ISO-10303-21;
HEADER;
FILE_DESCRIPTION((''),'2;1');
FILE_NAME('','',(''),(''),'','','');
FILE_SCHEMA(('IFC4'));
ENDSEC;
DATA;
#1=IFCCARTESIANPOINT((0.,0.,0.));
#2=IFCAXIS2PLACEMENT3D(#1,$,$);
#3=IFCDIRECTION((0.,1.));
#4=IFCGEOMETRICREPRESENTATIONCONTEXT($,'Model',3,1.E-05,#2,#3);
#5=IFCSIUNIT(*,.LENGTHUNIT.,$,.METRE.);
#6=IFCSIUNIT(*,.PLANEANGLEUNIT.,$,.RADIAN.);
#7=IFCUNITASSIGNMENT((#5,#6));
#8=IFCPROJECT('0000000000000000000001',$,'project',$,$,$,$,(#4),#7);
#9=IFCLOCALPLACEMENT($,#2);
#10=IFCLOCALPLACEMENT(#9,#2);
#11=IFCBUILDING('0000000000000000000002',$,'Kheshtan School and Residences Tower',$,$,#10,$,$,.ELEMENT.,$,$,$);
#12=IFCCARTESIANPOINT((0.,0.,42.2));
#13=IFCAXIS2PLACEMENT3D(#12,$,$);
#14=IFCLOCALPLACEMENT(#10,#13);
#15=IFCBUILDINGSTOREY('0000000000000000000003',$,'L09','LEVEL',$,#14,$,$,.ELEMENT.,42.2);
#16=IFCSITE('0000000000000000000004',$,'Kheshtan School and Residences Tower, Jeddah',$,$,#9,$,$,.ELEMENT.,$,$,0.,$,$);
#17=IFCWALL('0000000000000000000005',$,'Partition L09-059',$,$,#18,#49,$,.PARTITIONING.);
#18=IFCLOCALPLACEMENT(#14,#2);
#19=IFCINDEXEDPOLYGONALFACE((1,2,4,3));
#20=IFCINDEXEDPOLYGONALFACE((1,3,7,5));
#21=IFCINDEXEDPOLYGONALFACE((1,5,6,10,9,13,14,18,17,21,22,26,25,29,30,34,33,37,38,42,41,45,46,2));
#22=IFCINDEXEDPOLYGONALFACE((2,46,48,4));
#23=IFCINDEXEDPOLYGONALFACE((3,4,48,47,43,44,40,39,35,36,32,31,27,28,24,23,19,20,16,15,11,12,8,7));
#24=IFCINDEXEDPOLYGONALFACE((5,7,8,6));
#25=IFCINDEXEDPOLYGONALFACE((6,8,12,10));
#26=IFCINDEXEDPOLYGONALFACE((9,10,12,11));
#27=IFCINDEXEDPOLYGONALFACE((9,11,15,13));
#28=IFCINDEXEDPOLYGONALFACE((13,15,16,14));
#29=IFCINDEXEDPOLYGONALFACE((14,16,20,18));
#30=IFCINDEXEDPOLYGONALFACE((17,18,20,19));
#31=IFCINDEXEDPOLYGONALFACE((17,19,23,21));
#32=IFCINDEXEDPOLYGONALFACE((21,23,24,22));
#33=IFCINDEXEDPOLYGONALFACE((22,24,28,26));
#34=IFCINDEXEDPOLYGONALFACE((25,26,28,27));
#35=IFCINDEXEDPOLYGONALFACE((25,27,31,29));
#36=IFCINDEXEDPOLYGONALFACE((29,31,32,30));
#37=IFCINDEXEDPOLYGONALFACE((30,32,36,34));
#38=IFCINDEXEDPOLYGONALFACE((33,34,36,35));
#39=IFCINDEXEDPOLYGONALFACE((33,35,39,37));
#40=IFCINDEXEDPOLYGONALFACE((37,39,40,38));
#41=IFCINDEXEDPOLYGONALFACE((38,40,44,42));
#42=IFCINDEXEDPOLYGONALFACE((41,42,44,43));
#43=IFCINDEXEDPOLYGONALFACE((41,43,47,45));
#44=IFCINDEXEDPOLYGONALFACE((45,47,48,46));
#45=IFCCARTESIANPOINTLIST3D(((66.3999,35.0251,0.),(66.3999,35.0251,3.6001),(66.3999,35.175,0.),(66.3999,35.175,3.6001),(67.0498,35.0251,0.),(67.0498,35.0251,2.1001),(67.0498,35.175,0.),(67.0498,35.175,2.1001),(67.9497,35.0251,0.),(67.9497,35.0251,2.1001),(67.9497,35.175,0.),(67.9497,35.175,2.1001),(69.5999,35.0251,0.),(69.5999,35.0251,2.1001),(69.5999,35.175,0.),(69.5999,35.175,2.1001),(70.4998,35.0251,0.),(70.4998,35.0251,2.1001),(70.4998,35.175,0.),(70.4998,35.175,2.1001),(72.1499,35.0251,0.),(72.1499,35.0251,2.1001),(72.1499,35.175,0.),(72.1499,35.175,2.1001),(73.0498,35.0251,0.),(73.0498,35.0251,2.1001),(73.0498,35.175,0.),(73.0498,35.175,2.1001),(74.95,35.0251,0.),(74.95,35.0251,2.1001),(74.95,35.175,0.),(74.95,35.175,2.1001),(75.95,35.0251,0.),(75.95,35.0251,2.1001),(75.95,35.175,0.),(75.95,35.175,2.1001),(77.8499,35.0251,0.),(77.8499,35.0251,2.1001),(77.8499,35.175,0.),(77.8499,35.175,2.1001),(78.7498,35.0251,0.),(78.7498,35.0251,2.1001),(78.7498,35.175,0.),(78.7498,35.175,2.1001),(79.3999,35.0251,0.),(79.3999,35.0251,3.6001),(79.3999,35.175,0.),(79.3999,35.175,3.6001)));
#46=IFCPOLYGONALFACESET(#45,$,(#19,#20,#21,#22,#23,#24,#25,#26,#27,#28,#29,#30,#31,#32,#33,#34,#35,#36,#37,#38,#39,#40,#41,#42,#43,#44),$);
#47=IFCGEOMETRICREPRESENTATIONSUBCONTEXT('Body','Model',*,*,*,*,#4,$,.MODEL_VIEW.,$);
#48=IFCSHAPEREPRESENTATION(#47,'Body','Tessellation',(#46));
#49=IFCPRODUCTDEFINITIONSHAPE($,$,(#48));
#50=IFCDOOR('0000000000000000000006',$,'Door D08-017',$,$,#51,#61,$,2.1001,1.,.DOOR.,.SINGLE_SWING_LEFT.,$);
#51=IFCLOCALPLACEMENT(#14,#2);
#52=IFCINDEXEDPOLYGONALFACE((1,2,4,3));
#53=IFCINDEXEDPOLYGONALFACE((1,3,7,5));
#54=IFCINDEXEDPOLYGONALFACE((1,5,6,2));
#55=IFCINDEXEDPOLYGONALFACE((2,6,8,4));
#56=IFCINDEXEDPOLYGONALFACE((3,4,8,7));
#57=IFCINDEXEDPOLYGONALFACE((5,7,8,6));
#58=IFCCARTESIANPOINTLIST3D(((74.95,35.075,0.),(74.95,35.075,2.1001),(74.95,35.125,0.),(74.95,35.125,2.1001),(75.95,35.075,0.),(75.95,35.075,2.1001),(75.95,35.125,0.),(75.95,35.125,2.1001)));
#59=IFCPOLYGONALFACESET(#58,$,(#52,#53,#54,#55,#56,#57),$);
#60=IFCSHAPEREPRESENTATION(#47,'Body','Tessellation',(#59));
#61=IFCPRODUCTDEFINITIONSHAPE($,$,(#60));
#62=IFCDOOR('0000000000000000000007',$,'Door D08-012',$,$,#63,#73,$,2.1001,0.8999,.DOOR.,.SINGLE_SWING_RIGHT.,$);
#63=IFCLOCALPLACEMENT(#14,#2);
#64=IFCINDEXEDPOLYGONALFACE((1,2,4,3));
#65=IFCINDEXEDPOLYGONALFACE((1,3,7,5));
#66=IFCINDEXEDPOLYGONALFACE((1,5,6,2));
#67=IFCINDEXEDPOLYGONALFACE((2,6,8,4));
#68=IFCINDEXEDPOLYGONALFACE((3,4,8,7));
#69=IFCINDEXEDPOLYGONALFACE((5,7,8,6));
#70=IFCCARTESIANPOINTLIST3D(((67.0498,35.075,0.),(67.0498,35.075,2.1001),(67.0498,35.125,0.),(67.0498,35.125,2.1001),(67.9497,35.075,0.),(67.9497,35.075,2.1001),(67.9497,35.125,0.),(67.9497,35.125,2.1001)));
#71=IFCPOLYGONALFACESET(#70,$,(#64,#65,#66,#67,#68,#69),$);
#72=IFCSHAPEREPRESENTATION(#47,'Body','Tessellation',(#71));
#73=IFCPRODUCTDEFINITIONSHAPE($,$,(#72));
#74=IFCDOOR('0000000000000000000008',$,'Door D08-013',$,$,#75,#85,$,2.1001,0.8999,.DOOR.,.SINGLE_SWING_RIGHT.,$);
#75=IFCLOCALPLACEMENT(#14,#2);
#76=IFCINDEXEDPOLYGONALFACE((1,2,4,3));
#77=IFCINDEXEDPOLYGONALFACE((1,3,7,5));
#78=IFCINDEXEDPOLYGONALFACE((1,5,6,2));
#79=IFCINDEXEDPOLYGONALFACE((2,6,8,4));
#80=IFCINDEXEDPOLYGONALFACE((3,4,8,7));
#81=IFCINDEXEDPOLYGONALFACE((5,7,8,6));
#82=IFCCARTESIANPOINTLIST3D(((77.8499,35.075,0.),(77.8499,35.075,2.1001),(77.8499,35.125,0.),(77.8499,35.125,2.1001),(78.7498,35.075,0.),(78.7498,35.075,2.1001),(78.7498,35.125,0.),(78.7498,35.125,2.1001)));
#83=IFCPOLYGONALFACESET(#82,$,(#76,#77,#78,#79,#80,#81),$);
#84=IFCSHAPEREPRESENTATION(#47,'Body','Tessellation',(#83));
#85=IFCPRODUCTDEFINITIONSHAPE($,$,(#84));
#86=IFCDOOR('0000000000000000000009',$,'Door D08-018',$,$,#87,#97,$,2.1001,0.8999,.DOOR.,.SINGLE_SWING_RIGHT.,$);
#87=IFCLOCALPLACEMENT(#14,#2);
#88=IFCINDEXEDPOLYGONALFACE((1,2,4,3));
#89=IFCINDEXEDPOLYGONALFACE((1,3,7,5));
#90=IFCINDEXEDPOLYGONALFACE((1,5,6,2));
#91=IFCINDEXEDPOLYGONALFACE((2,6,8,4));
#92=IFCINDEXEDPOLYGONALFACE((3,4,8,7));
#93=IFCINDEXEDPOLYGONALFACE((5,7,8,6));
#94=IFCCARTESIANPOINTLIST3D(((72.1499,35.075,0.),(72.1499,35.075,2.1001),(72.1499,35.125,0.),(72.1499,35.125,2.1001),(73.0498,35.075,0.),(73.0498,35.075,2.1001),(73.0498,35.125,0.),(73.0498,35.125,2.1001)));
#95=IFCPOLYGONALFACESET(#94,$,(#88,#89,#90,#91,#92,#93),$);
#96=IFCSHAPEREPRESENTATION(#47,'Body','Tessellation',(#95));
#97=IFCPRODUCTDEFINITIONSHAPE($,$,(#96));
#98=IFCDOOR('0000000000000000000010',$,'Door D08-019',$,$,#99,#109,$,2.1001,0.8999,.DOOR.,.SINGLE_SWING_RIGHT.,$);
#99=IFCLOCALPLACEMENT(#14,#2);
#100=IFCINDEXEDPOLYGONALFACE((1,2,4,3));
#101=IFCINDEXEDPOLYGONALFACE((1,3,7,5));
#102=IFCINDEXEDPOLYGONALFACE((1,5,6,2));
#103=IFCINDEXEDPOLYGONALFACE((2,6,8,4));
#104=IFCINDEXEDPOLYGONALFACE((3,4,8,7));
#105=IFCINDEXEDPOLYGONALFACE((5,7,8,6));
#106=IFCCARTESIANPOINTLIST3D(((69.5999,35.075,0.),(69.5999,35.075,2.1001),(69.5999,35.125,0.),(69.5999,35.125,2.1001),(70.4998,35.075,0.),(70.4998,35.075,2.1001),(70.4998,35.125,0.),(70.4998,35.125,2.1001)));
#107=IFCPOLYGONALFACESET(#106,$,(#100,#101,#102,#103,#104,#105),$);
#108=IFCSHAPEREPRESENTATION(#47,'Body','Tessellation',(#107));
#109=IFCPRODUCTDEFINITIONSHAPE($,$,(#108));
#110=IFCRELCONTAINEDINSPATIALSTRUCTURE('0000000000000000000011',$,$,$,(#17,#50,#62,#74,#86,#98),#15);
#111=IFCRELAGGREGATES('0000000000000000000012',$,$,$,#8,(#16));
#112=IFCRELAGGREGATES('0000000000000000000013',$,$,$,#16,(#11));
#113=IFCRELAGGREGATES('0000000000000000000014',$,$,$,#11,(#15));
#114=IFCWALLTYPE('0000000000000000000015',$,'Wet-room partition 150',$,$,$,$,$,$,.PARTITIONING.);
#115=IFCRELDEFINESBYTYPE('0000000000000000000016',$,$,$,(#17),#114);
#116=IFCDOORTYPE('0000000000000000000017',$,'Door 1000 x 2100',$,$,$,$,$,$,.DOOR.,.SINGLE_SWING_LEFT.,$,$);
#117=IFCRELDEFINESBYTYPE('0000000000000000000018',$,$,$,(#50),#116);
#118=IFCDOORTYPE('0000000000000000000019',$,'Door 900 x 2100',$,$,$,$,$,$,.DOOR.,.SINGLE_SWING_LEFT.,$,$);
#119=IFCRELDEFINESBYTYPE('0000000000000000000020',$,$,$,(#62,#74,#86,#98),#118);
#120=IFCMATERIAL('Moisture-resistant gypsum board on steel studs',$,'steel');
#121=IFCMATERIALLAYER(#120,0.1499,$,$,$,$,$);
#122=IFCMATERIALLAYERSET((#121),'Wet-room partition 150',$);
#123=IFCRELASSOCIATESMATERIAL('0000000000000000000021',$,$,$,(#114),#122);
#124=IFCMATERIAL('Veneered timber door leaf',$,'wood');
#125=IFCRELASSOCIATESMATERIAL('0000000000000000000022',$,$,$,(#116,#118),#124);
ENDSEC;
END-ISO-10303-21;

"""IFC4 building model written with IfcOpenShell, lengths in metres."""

from ifc_helpers import new_model, si_unit, direction, frame, frame_2d, origin, place, context, subcontext, project, spatial, rectangle, extrude, source, transform, mapped, material, layer, layer_set, type_object, element, fill, save


model = new_model("IFC4")

# Units and contexts
model_context = context("Model", 3, precision=1e-05, world=origin(), true_north=direction((0.0, 1.0)))
body_context = subcontext(model_context, "Body", "Model", "MODEL_VIEW")
ifc_project = project(units=[si_unit("LENGTHUNIT", "METRE"), si_unit("PLANEANGLEUNIT", "RADIAN")], contexts=[model_context])

# Site, building, storey
site_placement = place(None, origin())
site = spatial("IfcSite", under=ifc_project, at=site_placement, Name="Kheshtan School and Residences Tower, Jeddah", CompositionType="ELEMENT", RefElevation=0.0)
building_placement = place(site_placement, origin())
building = spatial("IfcBuilding", under=site, at=building_placement, Name="Kheshtan School and Residences Tower", CompositionType="ELEMENT")
storey_placement = place(building_placement, frame((0.0, 0.0, 42.2)))
storey = spatial("IfcBuildingStorey", under=building, at=storey_placement, Name="L09", Description="LEVEL", CompositionType="ELEMENT", Elevation=42.2)

# Wall, openings, doors
ifc_material_1 = material(Name="Moisture-resistant gypsum board on steel studs", Category="steel")
ifc_layer_1 = layer(ifc_material_1, 0.1499)
ifc_layer_set_1 = layer_set([ifc_layer_1], Name="Wet-room partition 150")
wall_type_1 = type_object("IfcWallType", Name="Wet-room partition 150", PredefinedType="PARTITIONING", material=ifc_layer_set_1)
wall_1_placement = place(storey_placement, frame((66.3999, 35.1001, 0.0), z_axis=(0.0, 0.0, 1.0), x_axis=(1.0, 0.0, 0.0)))
wall_1 = element("IfcWall", 1, at=wall_1_placement, inside=storey, type_object=wall_type_1, Name="Partition L09-059", PredefinedType="PARTITIONING", context=body_context, shape_type="SweptSolid", body=[
    extrude(rectangle(XDim=13.0, YDim=0.1499, at=frame_2d((6.5, 0.0))), origin(), (0.0, 0.0, 1.0), 3.6001),
])
opening_1_placement = place(wall_1_placement, frame((0.6499, 0.0, 0.0)))
opening_1 = element("IfcOpeningElement", 2, at=opening_1_placement, cuts=wall_1, PredefinedType="OPENING", context=body_context, shape_type="SweptSolid", body=[
    extrude(rectangle(XDim=0.8999, YDim=2.1001, at=frame_2d((0.45, 1.05))), frame((0.0, 0.085, 0.0), z_axis=(0.0, -1.0, 0.0), x_axis=(1.0, 0.0, 0.0)), (0.0, 0.0, 1.0), 0.1699),
])
opening_2_placement = place(wall_1_placement, frame((11.45, 0.0, 0.0)))
opening_2 = element("IfcOpeningElement", 3, at=opening_2_placement, cuts=wall_1, PredefinedType="OPENING", context=body_context, shape_type="SweptSolid", body=[
    extrude(rectangle(XDim=0.8999, YDim=2.1001, at=frame_2d((0.45, 1.05))), frame((0.0, 0.085, 0.0), z_axis=(0.0, -1.0, 0.0), x_axis=(1.0, 0.0, 0.0)), (0.0, 0.0, 1.0), 0.1699),
])
opening_3_placement = place(wall_1_placement, frame((8.55, 0.0, 0.0)))
opening_3 = element("IfcOpeningElement", 4, at=opening_3_placement, cuts=wall_1, PredefinedType="OPENING", context=body_context, shape_type="SweptSolid", body=[
    extrude(rectangle(XDim=1.0, YDim=2.1001, at=frame_2d((0.5, 1.05))), frame((0.0, 0.085, 0.0), z_axis=(0.0, -1.0, 0.0), x_axis=(1.0, 0.0, 0.0)), (0.0, 0.0, 1.0), 0.1699),
])
opening_4_placement = place(wall_1_placement, frame((5.75, 0.0, 0.0)))
opening_4 = element("IfcOpeningElement", 5, at=opening_4_placement, cuts=wall_1, PredefinedType="OPENING", context=body_context, shape_type="SweptSolid", body=[
    extrude(rectangle(XDim=0.8999, YDim=2.1001, at=frame_2d((0.45, 1.05))), frame((0.0, 0.085, 0.0), z_axis=(0.0, -1.0, 0.0), x_axis=(1.0, 0.0, 0.0)), (0.0, 0.0, 1.0), 0.1699),
])
opening_5_placement = place(wall_1_placement, frame((3.2, 0.0, 0.0)))
opening_5 = element("IfcOpeningElement", 6, at=opening_5_placement, cuts=wall_1, PredefinedType="OPENING", context=body_context, shape_type="SweptSolid", body=[
    extrude(rectangle(XDim=0.8999, YDim=2.1001, at=frame_2d((0.45, 1.05))), frame((0.0, 0.085, 0.0), z_axis=(0.0, -1.0, 0.0), x_axis=(1.0, 0.0, 0.0)), (0.0, 0.0, 1.0), 0.1699),
])
ifc_material_2 = material(Name="Veneered timber door leaf", Category="wood")
door_type_1 = type_object("IfcDoorType", Name="Door 1000 x 2100", OperationType="SINGLE_SWING_LEFT", PredefinedType="DOOR", material=ifc_material_2)
shared_shape_1 = source(origin(), body_context, "Body", "SweptSolid", [
    extrude(rectangle(XDim=1.0, YDim=2.1001, at=frame_2d((0.5, 1.05))), frame((0.0, 0.0249, 0.0), z_axis=(0.0, -1.0, 0.0), x_axis=(1.0, 0.0, 0.0)), (0.0, 0.0, 1.0), 0.05),
])
door_1_placement = place(opening_3_placement, origin())
door_1 = element("IfcDoor", 7, at=door_1_placement, inside=storey, type_object=door_type_1, Name="Door D08-017", OperationType="SINGLE_SWING_LEFT", OverallHeight=2.1001, OverallWidth=1.0, PredefinedType="DOOR", context=body_context, shape_type="MappedRepresentation", body=[
    mapped(shared_shape_1, transform((0.0, 0.0, 0.0), x_axis=(1.0, 0.0, 0.0), y_axis=(0.0, 1.0, 0.0), z_axis=(0.0, 0.0, 1.0), scale=1.0)),
])
fill(opening_3, door_1)
door_type_2 = type_object("IfcDoorType", Name="Door 900 x 2100", OperationType="SINGLE_SWING_LEFT", PredefinedType="DOOR", material=ifc_material_2)
shared_shape_2 = source(origin(), body_context, "Body", "SweptSolid", [
    extrude(rectangle(XDim=0.8999, YDim=2.1001, at=frame_2d((0.45, 1.05))), frame((0.0, 0.0249, 0.0), z_axis=(0.0, -1.0, 0.0), x_axis=(1.0, 0.0, 0.0)), (0.0, 0.0, 1.0), 0.05),
])
door_2_placement = place(opening_1_placement, origin())
door_2 = element("IfcDoor", 8, at=door_2_placement, inside=storey, type_object=door_type_2, Name="Door D08-012", OperationType="SINGLE_SWING_RIGHT", OverallHeight=2.1001, OverallWidth=0.8999, PredefinedType="DOOR", context=body_context, shape_type="MappedRepresentation", body=[
    mapped(shared_shape_2, transform((0.0, 0.0, 0.0), x_axis=(1.0, 0.0, 0.0), y_axis=(0.0, 1.0, 0.0), z_axis=(0.0, 0.0, 1.0), scale=1.0)),
])
fill(opening_1, door_2)
door_3_placement = place(opening_2_placement, origin())
door_3 = element("IfcDoor", 9, at=door_3_placement, inside=storey, type_object=door_type_2, Name="Door D08-013", OperationType="SINGLE_SWING_RIGHT", OverallHeight=2.1001, OverallWidth=0.8999, PredefinedType="DOOR", context=body_context, shape_type="MappedRepresentation", body=[
    mapped(shared_shape_2, transform((0.0, 0.0, 0.0), x_axis=(1.0, 0.0, 0.0), y_axis=(0.0, 1.0, 0.0), z_axis=(0.0, 0.0, 1.0), scale=1.0)),
])
fill(opening_2, door_3)
door_4_placement = place(opening_4_placement, origin())
door_4 = element("IfcDoor", 10, at=door_4_placement, inside=storey, type_object=door_type_2, Name="Door D08-018", OperationType="SINGLE_SWING_RIGHT", OverallHeight=2.1001, OverallWidth=0.8999, PredefinedType="DOOR", context=body_context, shape_type="MappedRepresentation", body=[
    mapped(shared_shape_2, transform((0.0, 0.0, 0.0), x_axis=(1.0, 0.0, 0.0), y_axis=(0.0, 1.0, 0.0), z_axis=(0.0, 0.0, 1.0), scale=1.0)),
])
fill(opening_4, door_4)
door_5_placement = place(opening_5_placement, origin())
door_5 = element("IfcDoor", 11, at=door_5_placement, inside=storey, type_object=door_type_2, Name="Door D08-019", OperationType="SINGLE_SWING_RIGHT", OverallHeight=2.1001, OverallWidth=0.8999, PredefinedType="DOOR", context=body_context, shape_type="MappedRepresentation", body=[
    mapped(shared_shape_2, transform((0.0, 0.0, 0.0), x_axis=(1.0, 0.0, 0.0), y_axis=(0.0, 1.0, 0.0), z_axis=(0.0, 0.0, 1.0), scale=1.0)),
])
fill(opening_5, door_5)

save(model, "model.ifc")
